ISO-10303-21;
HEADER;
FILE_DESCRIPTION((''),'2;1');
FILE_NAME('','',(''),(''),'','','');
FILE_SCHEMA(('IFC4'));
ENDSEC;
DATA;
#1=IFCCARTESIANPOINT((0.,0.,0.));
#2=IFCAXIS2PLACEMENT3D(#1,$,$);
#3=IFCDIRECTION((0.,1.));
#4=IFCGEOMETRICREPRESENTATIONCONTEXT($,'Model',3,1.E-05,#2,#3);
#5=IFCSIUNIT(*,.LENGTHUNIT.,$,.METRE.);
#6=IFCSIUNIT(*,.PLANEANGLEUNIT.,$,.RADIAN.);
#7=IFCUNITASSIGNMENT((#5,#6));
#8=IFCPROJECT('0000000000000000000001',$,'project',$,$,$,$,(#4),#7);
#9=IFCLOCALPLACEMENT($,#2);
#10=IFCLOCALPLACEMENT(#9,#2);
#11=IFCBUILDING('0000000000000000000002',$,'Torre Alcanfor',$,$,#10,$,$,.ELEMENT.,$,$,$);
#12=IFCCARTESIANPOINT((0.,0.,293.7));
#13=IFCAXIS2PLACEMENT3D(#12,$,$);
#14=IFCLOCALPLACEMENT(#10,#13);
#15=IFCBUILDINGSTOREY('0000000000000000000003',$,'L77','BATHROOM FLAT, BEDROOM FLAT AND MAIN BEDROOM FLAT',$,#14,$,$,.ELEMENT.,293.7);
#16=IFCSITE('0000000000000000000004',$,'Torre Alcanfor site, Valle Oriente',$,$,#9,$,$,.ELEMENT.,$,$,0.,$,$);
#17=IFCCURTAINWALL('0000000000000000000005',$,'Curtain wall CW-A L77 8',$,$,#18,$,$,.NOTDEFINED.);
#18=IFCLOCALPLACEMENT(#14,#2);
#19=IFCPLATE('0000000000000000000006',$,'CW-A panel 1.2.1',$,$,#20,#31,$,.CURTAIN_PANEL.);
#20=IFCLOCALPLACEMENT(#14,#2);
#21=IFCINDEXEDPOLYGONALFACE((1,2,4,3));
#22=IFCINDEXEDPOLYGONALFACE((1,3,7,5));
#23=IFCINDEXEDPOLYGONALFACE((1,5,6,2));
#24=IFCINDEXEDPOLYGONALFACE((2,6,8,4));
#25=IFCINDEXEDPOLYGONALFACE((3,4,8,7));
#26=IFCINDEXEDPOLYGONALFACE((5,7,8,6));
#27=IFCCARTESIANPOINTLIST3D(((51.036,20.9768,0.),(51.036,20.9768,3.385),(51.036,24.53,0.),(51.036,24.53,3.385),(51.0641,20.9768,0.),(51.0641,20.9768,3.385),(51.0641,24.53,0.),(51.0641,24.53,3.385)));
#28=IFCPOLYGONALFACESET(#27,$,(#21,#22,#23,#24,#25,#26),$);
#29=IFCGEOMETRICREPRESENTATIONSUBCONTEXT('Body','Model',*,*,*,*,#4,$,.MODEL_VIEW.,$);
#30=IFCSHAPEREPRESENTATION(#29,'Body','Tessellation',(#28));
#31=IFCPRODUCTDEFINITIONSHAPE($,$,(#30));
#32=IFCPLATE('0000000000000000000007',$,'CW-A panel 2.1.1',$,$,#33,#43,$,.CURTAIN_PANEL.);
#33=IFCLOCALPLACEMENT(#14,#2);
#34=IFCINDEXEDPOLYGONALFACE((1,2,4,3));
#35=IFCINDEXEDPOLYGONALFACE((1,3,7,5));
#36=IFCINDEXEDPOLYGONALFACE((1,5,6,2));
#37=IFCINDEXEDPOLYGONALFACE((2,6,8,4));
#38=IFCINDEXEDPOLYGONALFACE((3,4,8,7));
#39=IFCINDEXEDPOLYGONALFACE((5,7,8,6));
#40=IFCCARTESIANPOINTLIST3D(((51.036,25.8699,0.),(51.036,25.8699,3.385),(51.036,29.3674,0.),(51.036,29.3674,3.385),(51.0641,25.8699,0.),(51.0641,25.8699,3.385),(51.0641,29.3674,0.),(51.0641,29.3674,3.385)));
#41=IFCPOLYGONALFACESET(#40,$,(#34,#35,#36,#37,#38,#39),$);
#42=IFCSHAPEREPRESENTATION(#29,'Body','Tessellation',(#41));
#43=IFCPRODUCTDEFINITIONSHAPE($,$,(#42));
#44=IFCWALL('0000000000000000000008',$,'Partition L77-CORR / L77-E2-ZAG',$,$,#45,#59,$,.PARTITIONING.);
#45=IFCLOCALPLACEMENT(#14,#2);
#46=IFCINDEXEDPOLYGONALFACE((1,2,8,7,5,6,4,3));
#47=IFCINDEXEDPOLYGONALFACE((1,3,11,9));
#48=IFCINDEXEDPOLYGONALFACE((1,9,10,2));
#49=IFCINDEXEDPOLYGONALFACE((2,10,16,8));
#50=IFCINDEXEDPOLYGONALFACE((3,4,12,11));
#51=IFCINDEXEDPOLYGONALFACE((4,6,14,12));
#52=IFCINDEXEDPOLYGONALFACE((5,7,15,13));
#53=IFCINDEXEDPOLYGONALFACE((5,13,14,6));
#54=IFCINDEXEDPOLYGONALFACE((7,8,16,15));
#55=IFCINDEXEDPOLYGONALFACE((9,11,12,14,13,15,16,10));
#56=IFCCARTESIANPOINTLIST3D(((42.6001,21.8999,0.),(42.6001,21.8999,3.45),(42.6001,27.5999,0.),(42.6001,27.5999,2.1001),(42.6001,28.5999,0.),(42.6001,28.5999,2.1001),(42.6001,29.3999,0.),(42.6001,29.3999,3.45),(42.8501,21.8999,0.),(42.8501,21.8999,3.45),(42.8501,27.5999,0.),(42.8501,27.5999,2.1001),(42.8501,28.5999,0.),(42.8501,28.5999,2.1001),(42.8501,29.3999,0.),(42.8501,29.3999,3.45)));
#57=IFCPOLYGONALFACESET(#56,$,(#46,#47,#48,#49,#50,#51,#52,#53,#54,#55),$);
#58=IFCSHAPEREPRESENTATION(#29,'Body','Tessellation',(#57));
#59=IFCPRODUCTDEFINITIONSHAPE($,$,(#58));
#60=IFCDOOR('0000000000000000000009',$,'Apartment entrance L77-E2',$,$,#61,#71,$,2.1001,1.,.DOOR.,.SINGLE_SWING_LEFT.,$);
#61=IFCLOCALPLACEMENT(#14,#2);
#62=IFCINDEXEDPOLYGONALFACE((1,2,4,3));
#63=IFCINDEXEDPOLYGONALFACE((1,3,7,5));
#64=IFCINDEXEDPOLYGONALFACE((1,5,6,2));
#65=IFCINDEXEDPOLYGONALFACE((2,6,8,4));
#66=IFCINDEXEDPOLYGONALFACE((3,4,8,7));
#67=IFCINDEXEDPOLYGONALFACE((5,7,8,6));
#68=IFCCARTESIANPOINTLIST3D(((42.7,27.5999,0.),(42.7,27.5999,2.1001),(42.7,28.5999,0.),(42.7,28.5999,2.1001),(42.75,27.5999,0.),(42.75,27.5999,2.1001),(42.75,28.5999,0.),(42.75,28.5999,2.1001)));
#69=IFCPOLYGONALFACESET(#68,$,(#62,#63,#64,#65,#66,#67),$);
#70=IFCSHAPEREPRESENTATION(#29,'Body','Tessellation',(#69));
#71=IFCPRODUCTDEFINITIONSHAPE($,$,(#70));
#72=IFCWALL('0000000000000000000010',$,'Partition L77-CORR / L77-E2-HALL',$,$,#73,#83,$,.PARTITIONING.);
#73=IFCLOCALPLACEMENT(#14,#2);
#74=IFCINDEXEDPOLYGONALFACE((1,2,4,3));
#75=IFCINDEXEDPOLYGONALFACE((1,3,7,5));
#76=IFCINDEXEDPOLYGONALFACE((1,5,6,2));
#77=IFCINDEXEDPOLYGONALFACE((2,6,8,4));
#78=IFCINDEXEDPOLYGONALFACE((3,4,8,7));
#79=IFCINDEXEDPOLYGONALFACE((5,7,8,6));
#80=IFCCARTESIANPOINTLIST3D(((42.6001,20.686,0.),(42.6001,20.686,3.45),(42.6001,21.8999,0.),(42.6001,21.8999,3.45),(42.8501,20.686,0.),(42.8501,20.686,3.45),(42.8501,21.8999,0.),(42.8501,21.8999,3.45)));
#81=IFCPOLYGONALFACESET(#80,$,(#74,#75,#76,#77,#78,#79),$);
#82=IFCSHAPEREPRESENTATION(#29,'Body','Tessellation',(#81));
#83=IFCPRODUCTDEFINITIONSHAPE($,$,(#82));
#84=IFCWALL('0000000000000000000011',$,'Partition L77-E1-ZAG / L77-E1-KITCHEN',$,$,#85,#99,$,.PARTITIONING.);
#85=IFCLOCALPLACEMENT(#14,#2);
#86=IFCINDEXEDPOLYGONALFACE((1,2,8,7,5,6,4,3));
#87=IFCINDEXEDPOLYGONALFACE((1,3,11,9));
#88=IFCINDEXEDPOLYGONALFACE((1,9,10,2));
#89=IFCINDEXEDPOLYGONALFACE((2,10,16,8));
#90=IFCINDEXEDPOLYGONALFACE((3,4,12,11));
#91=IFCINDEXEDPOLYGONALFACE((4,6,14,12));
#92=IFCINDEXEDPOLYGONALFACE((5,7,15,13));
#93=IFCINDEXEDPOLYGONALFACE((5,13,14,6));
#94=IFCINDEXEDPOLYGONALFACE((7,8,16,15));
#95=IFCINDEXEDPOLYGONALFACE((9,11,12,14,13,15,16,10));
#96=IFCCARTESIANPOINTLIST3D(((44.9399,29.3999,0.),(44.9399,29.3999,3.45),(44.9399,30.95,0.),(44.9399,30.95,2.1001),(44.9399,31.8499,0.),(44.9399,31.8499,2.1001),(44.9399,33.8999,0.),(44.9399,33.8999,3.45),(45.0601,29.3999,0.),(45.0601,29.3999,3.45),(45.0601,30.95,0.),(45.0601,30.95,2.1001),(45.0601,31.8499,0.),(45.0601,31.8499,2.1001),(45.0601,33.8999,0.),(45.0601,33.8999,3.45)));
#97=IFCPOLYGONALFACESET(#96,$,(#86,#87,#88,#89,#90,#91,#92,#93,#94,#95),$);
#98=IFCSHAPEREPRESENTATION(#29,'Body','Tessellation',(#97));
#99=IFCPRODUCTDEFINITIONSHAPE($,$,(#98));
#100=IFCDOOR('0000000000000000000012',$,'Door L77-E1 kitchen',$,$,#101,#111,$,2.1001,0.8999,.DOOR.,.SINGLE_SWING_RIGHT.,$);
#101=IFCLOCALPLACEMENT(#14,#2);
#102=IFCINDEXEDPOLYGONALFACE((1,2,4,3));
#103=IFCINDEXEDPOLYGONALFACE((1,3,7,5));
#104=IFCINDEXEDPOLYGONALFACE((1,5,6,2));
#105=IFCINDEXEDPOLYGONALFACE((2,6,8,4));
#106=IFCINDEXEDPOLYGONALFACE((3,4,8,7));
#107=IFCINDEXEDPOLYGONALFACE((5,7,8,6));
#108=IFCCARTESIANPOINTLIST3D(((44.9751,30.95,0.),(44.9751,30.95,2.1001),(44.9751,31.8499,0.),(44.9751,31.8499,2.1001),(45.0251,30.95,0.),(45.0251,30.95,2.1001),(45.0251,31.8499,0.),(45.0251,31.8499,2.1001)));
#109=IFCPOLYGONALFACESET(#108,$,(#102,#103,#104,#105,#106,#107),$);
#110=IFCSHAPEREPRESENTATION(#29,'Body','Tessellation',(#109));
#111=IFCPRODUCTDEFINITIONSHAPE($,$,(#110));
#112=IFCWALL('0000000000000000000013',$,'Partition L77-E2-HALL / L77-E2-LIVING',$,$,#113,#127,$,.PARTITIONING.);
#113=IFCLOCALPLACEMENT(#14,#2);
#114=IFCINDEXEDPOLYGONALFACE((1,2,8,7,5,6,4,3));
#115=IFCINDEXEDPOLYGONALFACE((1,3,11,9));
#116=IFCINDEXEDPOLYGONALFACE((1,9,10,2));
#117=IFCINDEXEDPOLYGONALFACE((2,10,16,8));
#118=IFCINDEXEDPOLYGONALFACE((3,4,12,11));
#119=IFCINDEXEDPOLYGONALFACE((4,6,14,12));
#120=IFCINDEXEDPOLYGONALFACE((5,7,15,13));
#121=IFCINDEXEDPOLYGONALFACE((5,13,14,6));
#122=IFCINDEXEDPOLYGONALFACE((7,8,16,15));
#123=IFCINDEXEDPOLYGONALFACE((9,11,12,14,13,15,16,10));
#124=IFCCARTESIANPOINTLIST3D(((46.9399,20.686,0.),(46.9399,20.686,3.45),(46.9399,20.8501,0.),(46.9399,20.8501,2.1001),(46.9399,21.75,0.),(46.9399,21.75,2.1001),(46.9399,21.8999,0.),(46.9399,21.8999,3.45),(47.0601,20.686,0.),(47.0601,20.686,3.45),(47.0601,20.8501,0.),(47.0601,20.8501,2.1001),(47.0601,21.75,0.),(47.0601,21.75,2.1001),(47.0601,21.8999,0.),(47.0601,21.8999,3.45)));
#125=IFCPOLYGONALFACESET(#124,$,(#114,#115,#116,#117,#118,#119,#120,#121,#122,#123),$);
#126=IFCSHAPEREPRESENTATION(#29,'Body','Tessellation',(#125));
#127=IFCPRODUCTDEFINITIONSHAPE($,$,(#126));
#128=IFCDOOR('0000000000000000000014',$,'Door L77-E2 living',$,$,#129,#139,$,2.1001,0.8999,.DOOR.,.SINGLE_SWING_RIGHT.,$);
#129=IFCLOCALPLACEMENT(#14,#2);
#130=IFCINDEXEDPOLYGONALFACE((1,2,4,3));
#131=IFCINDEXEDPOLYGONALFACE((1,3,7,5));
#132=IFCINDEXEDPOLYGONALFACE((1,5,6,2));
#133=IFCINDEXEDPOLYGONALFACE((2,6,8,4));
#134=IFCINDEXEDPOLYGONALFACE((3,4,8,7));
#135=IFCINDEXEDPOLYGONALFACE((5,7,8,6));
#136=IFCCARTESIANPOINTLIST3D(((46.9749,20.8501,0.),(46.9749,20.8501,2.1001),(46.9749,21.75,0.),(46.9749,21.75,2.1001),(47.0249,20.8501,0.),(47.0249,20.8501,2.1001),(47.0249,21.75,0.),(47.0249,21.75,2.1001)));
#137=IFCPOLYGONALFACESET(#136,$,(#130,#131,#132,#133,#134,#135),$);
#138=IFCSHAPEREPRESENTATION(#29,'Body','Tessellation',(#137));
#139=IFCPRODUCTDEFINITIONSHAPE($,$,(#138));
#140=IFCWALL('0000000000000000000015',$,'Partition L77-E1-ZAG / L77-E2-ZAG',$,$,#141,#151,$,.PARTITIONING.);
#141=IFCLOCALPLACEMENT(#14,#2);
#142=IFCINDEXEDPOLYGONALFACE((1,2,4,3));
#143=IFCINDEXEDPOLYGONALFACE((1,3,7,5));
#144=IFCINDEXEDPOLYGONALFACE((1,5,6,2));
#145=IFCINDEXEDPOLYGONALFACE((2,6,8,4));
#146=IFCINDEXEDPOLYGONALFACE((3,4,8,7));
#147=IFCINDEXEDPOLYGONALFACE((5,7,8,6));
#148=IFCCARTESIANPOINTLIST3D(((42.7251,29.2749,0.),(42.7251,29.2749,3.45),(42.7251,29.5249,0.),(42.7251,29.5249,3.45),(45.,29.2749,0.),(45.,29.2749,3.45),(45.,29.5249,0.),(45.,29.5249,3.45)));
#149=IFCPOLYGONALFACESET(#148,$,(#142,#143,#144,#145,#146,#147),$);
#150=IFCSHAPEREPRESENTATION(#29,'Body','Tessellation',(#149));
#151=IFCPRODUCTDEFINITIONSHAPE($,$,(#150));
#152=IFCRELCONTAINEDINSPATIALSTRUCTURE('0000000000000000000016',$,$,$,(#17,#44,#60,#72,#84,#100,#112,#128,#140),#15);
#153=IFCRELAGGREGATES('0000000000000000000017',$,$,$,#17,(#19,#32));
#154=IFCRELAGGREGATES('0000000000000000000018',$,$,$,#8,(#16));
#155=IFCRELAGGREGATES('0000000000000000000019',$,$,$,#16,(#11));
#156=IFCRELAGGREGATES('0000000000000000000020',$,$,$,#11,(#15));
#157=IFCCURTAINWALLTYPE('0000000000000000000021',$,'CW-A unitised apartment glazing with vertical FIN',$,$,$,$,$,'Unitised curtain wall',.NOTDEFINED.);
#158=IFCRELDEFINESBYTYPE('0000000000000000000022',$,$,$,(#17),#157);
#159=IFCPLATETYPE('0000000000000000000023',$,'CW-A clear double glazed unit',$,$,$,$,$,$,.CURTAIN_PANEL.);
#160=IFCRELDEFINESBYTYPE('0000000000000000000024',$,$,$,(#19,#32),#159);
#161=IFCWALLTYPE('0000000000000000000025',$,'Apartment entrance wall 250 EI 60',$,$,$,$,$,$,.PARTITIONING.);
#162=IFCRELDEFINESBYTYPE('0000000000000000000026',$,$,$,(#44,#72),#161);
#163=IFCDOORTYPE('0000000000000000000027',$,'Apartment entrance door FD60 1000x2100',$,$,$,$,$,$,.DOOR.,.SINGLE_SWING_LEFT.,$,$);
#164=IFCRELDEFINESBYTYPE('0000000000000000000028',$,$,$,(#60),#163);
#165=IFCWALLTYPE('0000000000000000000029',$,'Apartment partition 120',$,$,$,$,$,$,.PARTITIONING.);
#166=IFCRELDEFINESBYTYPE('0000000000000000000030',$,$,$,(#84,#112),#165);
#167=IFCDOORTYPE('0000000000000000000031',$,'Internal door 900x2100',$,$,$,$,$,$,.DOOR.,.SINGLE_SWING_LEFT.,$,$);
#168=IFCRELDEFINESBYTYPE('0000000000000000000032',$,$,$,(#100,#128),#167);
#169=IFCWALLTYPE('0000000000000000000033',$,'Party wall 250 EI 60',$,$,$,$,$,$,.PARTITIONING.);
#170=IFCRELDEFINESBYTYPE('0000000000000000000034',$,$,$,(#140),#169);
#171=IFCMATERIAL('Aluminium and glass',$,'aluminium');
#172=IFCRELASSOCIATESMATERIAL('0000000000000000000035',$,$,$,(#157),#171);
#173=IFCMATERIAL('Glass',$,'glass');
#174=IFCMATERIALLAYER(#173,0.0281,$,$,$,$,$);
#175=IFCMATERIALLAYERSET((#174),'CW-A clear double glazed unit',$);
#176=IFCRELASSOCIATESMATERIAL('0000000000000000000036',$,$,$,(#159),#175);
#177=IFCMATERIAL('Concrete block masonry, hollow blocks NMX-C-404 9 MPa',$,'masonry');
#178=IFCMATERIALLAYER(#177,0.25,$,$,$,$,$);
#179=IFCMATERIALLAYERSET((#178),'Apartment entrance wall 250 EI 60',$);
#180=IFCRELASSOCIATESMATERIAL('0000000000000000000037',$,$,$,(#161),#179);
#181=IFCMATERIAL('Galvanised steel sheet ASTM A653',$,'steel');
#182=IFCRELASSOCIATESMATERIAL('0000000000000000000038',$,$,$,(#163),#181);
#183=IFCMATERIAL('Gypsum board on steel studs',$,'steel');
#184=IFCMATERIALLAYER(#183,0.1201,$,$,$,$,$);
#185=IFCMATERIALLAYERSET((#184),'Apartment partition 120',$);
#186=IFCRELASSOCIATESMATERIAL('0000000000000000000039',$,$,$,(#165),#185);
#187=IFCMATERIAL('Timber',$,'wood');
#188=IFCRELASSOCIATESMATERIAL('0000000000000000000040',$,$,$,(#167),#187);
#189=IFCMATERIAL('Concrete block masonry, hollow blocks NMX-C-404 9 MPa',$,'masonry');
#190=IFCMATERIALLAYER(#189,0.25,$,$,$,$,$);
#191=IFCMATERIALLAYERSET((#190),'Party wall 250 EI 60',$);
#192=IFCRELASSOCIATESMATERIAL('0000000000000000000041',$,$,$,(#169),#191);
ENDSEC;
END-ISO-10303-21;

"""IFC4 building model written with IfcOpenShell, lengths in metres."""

from ifc_helpers import new_model, si_unit, direction, frame, frame_2d, origin, origin_2d, place, context, subcontext, project, spatial, rectangle, extrude, material, layer, layer_set, type_object, element, fill, aggregate, save


model = new_model("IFC4")

# Units and contexts
model_context = context("Model", 3, precision=1e-05, world=origin(), true_north=direction((0.0, 1.0)))
body_context = subcontext(model_context, "Body", "Model", "MODEL_VIEW")
ifc_project = project(units=[si_unit("LENGTHUNIT", "METRE"), si_unit("PLANEANGLEUNIT", "RADIAN")], contexts=[model_context])

# Site, building, storey
site_placement = place(None, origin())
site = spatial("IfcSite", under=ifc_project, at=site_placement, Name="Torre Alcanfor site, Valle Oriente", CompositionType="ELEMENT", RefElevation=0.0)
building_placement = place(site_placement, origin())
building = spatial("IfcBuilding", under=site, at=building_placement, Name="Torre Alcanfor", CompositionType="ELEMENT")
storey_placement = place(building_placement, frame((0.0, 0.0, 293.7)))
storey = spatial("IfcBuildingStorey", under=building, at=storey_placement, Name="L77", Description="BATHROOM FLAT, BEDROOM FLAT AND MAIN BEDROOM FLAT", CompositionType="ELEMENT", Elevation=293.7)

# Curtain wall
ifc_material_1 = material(Name="Aluminium and glass", Category="aluminium")
curtain_wall_type = type_object("IfcCurtainWallType", Name="CW-A unitised apartment glazing with vertical FIN", ElementType="Unitised curtain wall", PredefinedType="NOTDEFINED", material=ifc_material_1)
curtain_wall_placement = place(storey_placement, origin())
curtain_wall = element("IfcCurtainWall", 1, at=curtain_wall_placement, inside=storey, type_object=curtain_wall_type, Name="Curtain wall CW-A L77 8", PredefinedType="NOTDEFINED")

# Plates
ifc_material_2 = material(Name="Glass", Category="glass")
ifc_layer_1 = layer(ifc_material_2, 0.0281)
ifc_layer_set_1 = layer_set([ifc_layer_1], Name="CW-A clear double glazed unit")
plate_type = type_object("IfcPlateType", Name="CW-A clear double glazed unit", PredefinedType="CURTAIN_PANEL", material=ifc_layer_set_1)
plate_1_placement = place(storey_placement, frame((51.05, 22.7534, 0.0), z_axis=(0.0, 0.0, 1.0), x_axis=(0.0, 1.0, 0.0)))
plate_1 = element("IfcPlate", 2, at=plate_1_placement, type_object=plate_type, Name="CW-A panel 1.2.1", PredefinedType="CURTAIN_PANEL", context=body_context, shape_type="SweptSolid", body=[
    extrude(rectangle(XDim=3.5532, YDim=0.0281, at=origin_2d()), origin(), (0.0, 0.0, 1.0), 3.385),
])
plate_2_placement = place(storey_placement, frame((51.05, 27.6187, 0.0), z_axis=(0.0, 0.0, 1.0), x_axis=(0.0, 1.0, 0.0)))
plate_2 = element("IfcPlate", 3, at=plate_2_placement, type_object=plate_type, Name="CW-A panel 2.1.1", PredefinedType="CURTAIN_PANEL", context=body_context, shape_type="SweptSolid", body=[
    extrude(rectangle(XDim=3.4976, YDim=0.0281, at=origin_2d()), origin(), (0.0, 0.0, 1.0), 3.385),
])
aggregate(curtain_wall, [plate_1, plate_2])

# Wall, opening, door
ifc_material_3 = material(Name="Concrete block masonry, hollow blocks NMX-C-404 9 MPa", Category="masonry")
ifc_layer_2 = layer(ifc_material_3, 0.25)
ifc_layer_set_2 = layer_set([ifc_layer_2], Name="Apartment entrance wall 250 EI 60")
wall_type_1 = type_object("IfcWallType", Name="Apartment entrance wall 250 EI 60", PredefinedType="PARTITIONING", material=ifc_layer_set_2)
wall_1_placement = place(storey_placement, frame((42.7251, 29.3999, 0.0), z_axis=(0.0, 0.0, 1.0), x_axis=(0.0, -1.0, 0.0)))
wall_1 = element("IfcWall", 4, at=wall_1_placement, inside=storey, type_object=wall_type_1, Name="Partition L77-CORR / L77-E2-ZAG", PredefinedType="PARTITIONING", context=body_context, shape_type="SweptSolid", body=[
    extrude(rectangle(XDim=7.5, YDim=0.25, at=frame_2d((3.75, 0.0))), origin(), (0.0, 0.0, 1.0), 3.45),
])
opening_1_placement = place(wall_1_placement, frame((0.8, 0.0, 0.0)))
opening_1 = element("IfcOpeningElement", 5, at=opening_1_placement, cuts=wall_1, PredefinedType="OPENING", context=body_context, shape_type="SweptSolid", body=[
    extrude(rectangle(XDim=1.0, YDim=2.1001, at=frame_2d((0.5, 1.05))), frame((0.0, 0.135, 0.0), z_axis=(0.0, -1.0, 0.0), x_axis=(1.0, 0.0, 0.0)), (0.0, 0.0, 1.0), 0.27),
])
ifc_material_4 = material(Name="Galvanised steel sheet ASTM A653", Category="steel")
door_type_1 = type_object("IfcDoorType", Name="Apartment entrance door FD60 1000x2100", OperationType="SINGLE_SWING_LEFT", PredefinedType="DOOR", material=ifc_material_4)
door_1_placement = place(opening_1_placement, origin())
door_1 = element("IfcDoor", 6, at=door_1_placement, inside=storey, type_object=door_type_1, Name="Apartment entrance L77-E2", OperationType="SINGLE_SWING_LEFT", OverallHeight=2.1001, OverallWidth=1.0, PredefinedType="DOOR", context=body_context, shape_type="SweptSolid", body=[
    extrude(rectangle(XDim=1.0, YDim=2.1001, at=frame_2d((0.5, 1.05))), frame((0.0, 0.0249, 0.0), z_axis=(0.0, -1.0, 0.0), x_axis=(1.0, 0.0, 0.0)), (0.0, 0.0, 1.0), 0.05),
])
fill(opening_1, door_1)

# Wall
wall_2_placement = place(storey_placement, frame((42.7251, 21.8999, 0.0), z_axis=(0.0, 0.0, 1.0), x_axis=(0.0, -1.0, 0.0)))
element("IfcWall", 7, at=wall_2_placement, inside=storey, type_object=wall_type_1, Name="Partition L77-CORR / L77-E2-HALL", PredefinedType="PARTITIONING", context=body_context, shape_type="SweptSolid", body=[
    extrude(rectangle(XDim=1.2139, YDim=0.25, at=frame_2d((0.6069, 0.0))), origin(), (0.0, 0.0, 1.0), 3.45),
])

# Walls, openings, doors
ifc_material_5 = material(Name="Gypsum board on steel studs", Category="steel")
ifc_layer_3 = layer(ifc_material_5, 0.1201)
ifc_layer_set_3 = layer_set([ifc_layer_3], Name="Apartment partition 120")
wall_type_2 = type_object("IfcWallType", Name="Apartment partition 120", PredefinedType="PARTITIONING", material=ifc_layer_set_3)
wall_3_placement = place(storey_placement, frame((45.0, 29.3999, 0.0), z_axis=(0.0, 0.0, 1.0), x_axis=(0.0, 1.0, 0.0)))
wall_3 = element("IfcWall", 8, at=wall_3_placement, inside=storey, type_object=wall_type_2, Name="Partition L77-E1-ZAG / L77-E1-KITCHEN", PredefinedType="PARTITIONING", context=body_context, shape_type="SweptSolid", body=[
    extrude(rectangle(XDim=4.5, YDim=0.1201, at=frame_2d((2.25, 0.0))), origin(), (0.0, 0.0, 1.0), 3.45),
])
opening_2_placement = place(wall_3_placement, frame((1.55, 0.0, 0.0)))
opening_2 = element("IfcOpeningElement", 9, at=opening_2_placement, cuts=wall_3, PredefinedType="OPENING", context=body_context, shape_type="SweptSolid", body=[
    extrude(rectangle(XDim=0.8999, YDim=2.1001, at=frame_2d((0.45, 1.05))), frame((0.0, 0.0701, 0.0), z_axis=(0.0, -1.0, 0.0), x_axis=(1.0, 0.0, 0.0)), (0.0, 0.0, 1.0), 0.1401),
])
ifc_material_6 = material(Name="Timber", Category="wood")
door_type_2 = type_object("IfcDoorType", Name="Internal door 900x2100", OperationType="SINGLE_SWING_LEFT", PredefinedType="DOOR", material=ifc_material_6)
door_2_placement = place(opening_2_placement, frame((0.8999, 0.0, 0.0), z_axis=(0.0, 0.0, 1.0), x_axis=(-1.0, 0.0, 0.0)))
door_2 = element("IfcDoor", 10, at=door_2_placement, inside=storey, type_object=door_type_2, Name="Door L77-E1 kitchen", OperationType="SINGLE_SWING_RIGHT", OverallHeight=2.1001, OverallWidth=0.8999, PredefinedType="DOOR", context=body_context, shape_type="SweptSolid", body=[
    extrude(rectangle(XDim=0.8999, YDim=2.1001, at=frame_2d((0.45, 1.05))), frame((0.0, 0.0251, 0.0), z_axis=(0.0, -1.0, 0.0), x_axis=(1.0, 0.0, 0.0)), (0.0, 0.0, 1.0), 0.05),
])
fill(opening_2, door_2)
wall_4_placement = place(storey_placement, frame((47.0, 21.8999, 0.0), z_axis=(0.0, 0.0, 1.0), x_axis=(0.0, -1.0, 0.0)))
wall_4 = element("IfcWall", 11, at=wall_4_placement, inside=storey, type_object=wall_type_2, Name="Partition L77-E2-HALL / L77-E2-LIVING", PredefinedType="PARTITIONING", context=body_context, shape_type="SweptSolid", body=[
    extrude(rectangle(XDim=1.2139, YDim=0.1201, at=frame_2d((0.6069, 0.0))), origin(), (0.0, 0.0, 1.0), 3.45),
])
opening_3_placement = place(wall_4_placement, frame((0.1499, 0.0, 0.0)))
opening_3 = element("IfcOpeningElement", 12, at=opening_3_placement, cuts=wall_4, PredefinedType="OPENING", context=body_context, shape_type="SweptSolid", body=[
    extrude(rectangle(XDim=0.8999, YDim=2.1001, at=frame_2d((0.45, 1.05))), frame((0.0, 0.0701, 0.0), z_axis=(0.0, -1.0, 0.0), x_axis=(1.0, 0.0, 0.0)), (0.0, 0.0, 1.0), 0.1401),
])
door_3_placement = place(opening_3_placement, origin())
door_3 = element("IfcDoor", 13, at=door_3_placement, inside=storey, type_object=door_type_2, Name="Door L77-E2 living", OperationType="SINGLE_SWING_RIGHT", OverallHeight=2.1001, OverallWidth=0.8999, PredefinedType="DOOR", context=body_context, shape_type="SweptSolid", body=[
    extrude(rectangle(XDim=0.8999, YDim=2.1001, at=frame_2d((0.45, 1.05))), frame((0.0, 0.0249, 0.0), z_axis=(0.0, -1.0, 0.0), x_axis=(1.0, 0.0, 0.0)), (0.0, 0.0, 1.0), 0.05),
])
fill(opening_3, door_3)

# Wall
ifc_material_7 = material(Name="Concrete block masonry, hollow blocks NMX-C-404 9 MPa", Category="masonry")
ifc_layer_4 = layer(ifc_material_7, 0.25)
ifc_layer_set_4 = layer_set([ifc_layer_4], Name="Party wall 250 EI 60")
wall_type_3 = type_object("IfcWallType", Name="Party wall 250 EI 60", PredefinedType="PARTITIONING", material=ifc_layer_set_4)
wall_5_placement = place(storey_placement, frame((42.7251, 29.3999, 0.0), z_axis=(0.0, 0.0, 1.0), x_axis=(1.0, 0.0, 0.0)))
element("IfcWall", 14, at=wall_5_placement, inside=storey, type_object=wall_type_3, Name="Partition L77-E1-ZAG / L77-E2-ZAG", PredefinedType="PARTITIONING", context=body_context, shape_type="SweptSolid", body=[
    extrude(rectangle(XDim=2.2749, YDim=0.25, at=frame_2d((1.1375, 0.0))), origin(), (0.0, 0.0, 1.0), 3.45),
])

save(model, "model.ifc")
